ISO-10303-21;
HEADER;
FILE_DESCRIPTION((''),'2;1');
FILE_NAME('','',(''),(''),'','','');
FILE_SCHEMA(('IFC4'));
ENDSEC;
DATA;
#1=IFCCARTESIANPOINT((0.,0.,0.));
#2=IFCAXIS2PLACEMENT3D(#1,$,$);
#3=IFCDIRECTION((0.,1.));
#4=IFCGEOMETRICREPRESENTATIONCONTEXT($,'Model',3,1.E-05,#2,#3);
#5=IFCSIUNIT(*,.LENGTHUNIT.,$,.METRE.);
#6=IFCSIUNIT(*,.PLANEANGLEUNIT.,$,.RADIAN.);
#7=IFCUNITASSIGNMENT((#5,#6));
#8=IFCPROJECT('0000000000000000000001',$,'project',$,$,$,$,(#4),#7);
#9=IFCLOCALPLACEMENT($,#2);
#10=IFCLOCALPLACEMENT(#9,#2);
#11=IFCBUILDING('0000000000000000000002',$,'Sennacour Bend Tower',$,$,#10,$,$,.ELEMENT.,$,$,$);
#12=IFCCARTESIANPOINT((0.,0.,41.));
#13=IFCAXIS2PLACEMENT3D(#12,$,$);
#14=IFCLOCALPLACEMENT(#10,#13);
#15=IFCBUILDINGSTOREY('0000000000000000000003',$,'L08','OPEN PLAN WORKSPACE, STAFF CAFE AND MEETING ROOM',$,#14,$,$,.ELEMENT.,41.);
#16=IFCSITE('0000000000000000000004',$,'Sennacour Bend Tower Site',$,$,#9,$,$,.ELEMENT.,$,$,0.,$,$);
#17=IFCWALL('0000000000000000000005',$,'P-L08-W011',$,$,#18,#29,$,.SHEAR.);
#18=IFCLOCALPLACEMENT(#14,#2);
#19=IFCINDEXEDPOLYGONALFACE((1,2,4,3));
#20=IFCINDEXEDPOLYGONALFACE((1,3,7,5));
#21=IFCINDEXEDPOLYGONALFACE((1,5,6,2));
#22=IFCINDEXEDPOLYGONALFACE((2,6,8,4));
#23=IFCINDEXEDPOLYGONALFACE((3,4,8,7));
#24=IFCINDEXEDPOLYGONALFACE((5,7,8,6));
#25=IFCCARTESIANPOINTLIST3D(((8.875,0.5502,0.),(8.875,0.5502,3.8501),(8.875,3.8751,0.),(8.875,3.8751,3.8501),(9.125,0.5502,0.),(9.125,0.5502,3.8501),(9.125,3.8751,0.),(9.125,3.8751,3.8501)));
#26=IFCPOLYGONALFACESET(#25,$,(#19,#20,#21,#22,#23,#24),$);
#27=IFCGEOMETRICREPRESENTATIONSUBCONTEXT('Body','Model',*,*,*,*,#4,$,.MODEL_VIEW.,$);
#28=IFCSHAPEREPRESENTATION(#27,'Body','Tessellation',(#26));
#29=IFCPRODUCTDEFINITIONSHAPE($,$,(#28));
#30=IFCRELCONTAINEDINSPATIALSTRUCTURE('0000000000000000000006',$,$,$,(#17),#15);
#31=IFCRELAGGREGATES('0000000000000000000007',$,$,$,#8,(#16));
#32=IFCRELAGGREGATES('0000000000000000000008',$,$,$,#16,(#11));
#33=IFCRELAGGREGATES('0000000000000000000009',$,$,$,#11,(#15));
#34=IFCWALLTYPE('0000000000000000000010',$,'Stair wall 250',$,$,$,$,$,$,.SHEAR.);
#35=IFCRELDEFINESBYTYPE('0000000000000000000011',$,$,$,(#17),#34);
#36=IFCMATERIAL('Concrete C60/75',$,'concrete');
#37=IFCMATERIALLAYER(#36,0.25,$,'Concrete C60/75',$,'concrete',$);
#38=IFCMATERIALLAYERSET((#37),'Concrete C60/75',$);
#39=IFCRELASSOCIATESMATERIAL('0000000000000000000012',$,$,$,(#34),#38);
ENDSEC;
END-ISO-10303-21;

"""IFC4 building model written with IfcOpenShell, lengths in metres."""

from ifc_helpers import new_model, si_unit, direction, frame, frame_2d, origin, place, context, subcontext, project, spatial, rectangle, extrude, material, layer, layer_set, type_object, element, save


model = new_model("IFC4")

# Units and contexts
model_context = context("Model", 3, precision=1e-05, world=origin(), true_north=direction((0.0, 1.0)))
body_context = subcontext(model_context, "Body", "Model", "MODEL_VIEW")
ifc_project = project(units=[si_unit("LENGTHUNIT", "METRE"), si_unit("PLANEANGLEUNIT", "RADIAN")], contexts=[model_context])

# Site, building, storey
site_placement = place(None, origin())
site = spatial("IfcSite", under=ifc_project, at=site_placement, Name="Sennacour Bend Tower Site", CompositionType="ELEMENT", RefElevation=0.0)
building_placement = place(site_placement, origin())
building = spatial("IfcBuilding", under=site, at=building_placement, Name="Sennacour Bend Tower", CompositionType="ELEMENT")
storey_placement = place(building_placement, frame((0.0, 0.0, 41.0)))
storey = spatial("IfcBuildingStorey", under=building, at=storey_placement, Name="L08", Description="OPEN PLAN WORKSPACE, STAFF CAFE AND MEETING ROOM", CompositionType="ELEMENT", Elevation=41.0)

# Wall
ifc_material_1 = material(Name="Concrete C60/75", Category="concrete")
ifc_layer_1 = layer(ifc_material_1, 0.25, Name="Concrete C60/75", Category="concrete")
ifc_layer_set_1 = layer_set([ifc_layer_1], Name="Concrete C60/75")
wall_type_1 = type_object("IfcWallType", Name="Stair wall 250", PredefinedType="SHEAR", material=ifc_layer_set_1)
wall_1_placement = place(storey_placement, frame((9.0, 0.55, 0.0), z_axis=(0.0, 0.0, 1.0), x_axis=(0.0, 1.0, 0.0)))
element("IfcWall", 1, at=wall_1_placement, inside=storey, type_object=wall_type_1, Name="P-L08-W011", PredefinedType="SHEAR", context=body_context, shape_type="SweptSolid", body=[
    extrude(rectangle(XDim=3.325, YDim=0.25, at=frame_2d((1.6626, 0.0))), origin(), (0.0, 0.0, 1.0), 3.8501),
])

save(model, "model.ifc")
